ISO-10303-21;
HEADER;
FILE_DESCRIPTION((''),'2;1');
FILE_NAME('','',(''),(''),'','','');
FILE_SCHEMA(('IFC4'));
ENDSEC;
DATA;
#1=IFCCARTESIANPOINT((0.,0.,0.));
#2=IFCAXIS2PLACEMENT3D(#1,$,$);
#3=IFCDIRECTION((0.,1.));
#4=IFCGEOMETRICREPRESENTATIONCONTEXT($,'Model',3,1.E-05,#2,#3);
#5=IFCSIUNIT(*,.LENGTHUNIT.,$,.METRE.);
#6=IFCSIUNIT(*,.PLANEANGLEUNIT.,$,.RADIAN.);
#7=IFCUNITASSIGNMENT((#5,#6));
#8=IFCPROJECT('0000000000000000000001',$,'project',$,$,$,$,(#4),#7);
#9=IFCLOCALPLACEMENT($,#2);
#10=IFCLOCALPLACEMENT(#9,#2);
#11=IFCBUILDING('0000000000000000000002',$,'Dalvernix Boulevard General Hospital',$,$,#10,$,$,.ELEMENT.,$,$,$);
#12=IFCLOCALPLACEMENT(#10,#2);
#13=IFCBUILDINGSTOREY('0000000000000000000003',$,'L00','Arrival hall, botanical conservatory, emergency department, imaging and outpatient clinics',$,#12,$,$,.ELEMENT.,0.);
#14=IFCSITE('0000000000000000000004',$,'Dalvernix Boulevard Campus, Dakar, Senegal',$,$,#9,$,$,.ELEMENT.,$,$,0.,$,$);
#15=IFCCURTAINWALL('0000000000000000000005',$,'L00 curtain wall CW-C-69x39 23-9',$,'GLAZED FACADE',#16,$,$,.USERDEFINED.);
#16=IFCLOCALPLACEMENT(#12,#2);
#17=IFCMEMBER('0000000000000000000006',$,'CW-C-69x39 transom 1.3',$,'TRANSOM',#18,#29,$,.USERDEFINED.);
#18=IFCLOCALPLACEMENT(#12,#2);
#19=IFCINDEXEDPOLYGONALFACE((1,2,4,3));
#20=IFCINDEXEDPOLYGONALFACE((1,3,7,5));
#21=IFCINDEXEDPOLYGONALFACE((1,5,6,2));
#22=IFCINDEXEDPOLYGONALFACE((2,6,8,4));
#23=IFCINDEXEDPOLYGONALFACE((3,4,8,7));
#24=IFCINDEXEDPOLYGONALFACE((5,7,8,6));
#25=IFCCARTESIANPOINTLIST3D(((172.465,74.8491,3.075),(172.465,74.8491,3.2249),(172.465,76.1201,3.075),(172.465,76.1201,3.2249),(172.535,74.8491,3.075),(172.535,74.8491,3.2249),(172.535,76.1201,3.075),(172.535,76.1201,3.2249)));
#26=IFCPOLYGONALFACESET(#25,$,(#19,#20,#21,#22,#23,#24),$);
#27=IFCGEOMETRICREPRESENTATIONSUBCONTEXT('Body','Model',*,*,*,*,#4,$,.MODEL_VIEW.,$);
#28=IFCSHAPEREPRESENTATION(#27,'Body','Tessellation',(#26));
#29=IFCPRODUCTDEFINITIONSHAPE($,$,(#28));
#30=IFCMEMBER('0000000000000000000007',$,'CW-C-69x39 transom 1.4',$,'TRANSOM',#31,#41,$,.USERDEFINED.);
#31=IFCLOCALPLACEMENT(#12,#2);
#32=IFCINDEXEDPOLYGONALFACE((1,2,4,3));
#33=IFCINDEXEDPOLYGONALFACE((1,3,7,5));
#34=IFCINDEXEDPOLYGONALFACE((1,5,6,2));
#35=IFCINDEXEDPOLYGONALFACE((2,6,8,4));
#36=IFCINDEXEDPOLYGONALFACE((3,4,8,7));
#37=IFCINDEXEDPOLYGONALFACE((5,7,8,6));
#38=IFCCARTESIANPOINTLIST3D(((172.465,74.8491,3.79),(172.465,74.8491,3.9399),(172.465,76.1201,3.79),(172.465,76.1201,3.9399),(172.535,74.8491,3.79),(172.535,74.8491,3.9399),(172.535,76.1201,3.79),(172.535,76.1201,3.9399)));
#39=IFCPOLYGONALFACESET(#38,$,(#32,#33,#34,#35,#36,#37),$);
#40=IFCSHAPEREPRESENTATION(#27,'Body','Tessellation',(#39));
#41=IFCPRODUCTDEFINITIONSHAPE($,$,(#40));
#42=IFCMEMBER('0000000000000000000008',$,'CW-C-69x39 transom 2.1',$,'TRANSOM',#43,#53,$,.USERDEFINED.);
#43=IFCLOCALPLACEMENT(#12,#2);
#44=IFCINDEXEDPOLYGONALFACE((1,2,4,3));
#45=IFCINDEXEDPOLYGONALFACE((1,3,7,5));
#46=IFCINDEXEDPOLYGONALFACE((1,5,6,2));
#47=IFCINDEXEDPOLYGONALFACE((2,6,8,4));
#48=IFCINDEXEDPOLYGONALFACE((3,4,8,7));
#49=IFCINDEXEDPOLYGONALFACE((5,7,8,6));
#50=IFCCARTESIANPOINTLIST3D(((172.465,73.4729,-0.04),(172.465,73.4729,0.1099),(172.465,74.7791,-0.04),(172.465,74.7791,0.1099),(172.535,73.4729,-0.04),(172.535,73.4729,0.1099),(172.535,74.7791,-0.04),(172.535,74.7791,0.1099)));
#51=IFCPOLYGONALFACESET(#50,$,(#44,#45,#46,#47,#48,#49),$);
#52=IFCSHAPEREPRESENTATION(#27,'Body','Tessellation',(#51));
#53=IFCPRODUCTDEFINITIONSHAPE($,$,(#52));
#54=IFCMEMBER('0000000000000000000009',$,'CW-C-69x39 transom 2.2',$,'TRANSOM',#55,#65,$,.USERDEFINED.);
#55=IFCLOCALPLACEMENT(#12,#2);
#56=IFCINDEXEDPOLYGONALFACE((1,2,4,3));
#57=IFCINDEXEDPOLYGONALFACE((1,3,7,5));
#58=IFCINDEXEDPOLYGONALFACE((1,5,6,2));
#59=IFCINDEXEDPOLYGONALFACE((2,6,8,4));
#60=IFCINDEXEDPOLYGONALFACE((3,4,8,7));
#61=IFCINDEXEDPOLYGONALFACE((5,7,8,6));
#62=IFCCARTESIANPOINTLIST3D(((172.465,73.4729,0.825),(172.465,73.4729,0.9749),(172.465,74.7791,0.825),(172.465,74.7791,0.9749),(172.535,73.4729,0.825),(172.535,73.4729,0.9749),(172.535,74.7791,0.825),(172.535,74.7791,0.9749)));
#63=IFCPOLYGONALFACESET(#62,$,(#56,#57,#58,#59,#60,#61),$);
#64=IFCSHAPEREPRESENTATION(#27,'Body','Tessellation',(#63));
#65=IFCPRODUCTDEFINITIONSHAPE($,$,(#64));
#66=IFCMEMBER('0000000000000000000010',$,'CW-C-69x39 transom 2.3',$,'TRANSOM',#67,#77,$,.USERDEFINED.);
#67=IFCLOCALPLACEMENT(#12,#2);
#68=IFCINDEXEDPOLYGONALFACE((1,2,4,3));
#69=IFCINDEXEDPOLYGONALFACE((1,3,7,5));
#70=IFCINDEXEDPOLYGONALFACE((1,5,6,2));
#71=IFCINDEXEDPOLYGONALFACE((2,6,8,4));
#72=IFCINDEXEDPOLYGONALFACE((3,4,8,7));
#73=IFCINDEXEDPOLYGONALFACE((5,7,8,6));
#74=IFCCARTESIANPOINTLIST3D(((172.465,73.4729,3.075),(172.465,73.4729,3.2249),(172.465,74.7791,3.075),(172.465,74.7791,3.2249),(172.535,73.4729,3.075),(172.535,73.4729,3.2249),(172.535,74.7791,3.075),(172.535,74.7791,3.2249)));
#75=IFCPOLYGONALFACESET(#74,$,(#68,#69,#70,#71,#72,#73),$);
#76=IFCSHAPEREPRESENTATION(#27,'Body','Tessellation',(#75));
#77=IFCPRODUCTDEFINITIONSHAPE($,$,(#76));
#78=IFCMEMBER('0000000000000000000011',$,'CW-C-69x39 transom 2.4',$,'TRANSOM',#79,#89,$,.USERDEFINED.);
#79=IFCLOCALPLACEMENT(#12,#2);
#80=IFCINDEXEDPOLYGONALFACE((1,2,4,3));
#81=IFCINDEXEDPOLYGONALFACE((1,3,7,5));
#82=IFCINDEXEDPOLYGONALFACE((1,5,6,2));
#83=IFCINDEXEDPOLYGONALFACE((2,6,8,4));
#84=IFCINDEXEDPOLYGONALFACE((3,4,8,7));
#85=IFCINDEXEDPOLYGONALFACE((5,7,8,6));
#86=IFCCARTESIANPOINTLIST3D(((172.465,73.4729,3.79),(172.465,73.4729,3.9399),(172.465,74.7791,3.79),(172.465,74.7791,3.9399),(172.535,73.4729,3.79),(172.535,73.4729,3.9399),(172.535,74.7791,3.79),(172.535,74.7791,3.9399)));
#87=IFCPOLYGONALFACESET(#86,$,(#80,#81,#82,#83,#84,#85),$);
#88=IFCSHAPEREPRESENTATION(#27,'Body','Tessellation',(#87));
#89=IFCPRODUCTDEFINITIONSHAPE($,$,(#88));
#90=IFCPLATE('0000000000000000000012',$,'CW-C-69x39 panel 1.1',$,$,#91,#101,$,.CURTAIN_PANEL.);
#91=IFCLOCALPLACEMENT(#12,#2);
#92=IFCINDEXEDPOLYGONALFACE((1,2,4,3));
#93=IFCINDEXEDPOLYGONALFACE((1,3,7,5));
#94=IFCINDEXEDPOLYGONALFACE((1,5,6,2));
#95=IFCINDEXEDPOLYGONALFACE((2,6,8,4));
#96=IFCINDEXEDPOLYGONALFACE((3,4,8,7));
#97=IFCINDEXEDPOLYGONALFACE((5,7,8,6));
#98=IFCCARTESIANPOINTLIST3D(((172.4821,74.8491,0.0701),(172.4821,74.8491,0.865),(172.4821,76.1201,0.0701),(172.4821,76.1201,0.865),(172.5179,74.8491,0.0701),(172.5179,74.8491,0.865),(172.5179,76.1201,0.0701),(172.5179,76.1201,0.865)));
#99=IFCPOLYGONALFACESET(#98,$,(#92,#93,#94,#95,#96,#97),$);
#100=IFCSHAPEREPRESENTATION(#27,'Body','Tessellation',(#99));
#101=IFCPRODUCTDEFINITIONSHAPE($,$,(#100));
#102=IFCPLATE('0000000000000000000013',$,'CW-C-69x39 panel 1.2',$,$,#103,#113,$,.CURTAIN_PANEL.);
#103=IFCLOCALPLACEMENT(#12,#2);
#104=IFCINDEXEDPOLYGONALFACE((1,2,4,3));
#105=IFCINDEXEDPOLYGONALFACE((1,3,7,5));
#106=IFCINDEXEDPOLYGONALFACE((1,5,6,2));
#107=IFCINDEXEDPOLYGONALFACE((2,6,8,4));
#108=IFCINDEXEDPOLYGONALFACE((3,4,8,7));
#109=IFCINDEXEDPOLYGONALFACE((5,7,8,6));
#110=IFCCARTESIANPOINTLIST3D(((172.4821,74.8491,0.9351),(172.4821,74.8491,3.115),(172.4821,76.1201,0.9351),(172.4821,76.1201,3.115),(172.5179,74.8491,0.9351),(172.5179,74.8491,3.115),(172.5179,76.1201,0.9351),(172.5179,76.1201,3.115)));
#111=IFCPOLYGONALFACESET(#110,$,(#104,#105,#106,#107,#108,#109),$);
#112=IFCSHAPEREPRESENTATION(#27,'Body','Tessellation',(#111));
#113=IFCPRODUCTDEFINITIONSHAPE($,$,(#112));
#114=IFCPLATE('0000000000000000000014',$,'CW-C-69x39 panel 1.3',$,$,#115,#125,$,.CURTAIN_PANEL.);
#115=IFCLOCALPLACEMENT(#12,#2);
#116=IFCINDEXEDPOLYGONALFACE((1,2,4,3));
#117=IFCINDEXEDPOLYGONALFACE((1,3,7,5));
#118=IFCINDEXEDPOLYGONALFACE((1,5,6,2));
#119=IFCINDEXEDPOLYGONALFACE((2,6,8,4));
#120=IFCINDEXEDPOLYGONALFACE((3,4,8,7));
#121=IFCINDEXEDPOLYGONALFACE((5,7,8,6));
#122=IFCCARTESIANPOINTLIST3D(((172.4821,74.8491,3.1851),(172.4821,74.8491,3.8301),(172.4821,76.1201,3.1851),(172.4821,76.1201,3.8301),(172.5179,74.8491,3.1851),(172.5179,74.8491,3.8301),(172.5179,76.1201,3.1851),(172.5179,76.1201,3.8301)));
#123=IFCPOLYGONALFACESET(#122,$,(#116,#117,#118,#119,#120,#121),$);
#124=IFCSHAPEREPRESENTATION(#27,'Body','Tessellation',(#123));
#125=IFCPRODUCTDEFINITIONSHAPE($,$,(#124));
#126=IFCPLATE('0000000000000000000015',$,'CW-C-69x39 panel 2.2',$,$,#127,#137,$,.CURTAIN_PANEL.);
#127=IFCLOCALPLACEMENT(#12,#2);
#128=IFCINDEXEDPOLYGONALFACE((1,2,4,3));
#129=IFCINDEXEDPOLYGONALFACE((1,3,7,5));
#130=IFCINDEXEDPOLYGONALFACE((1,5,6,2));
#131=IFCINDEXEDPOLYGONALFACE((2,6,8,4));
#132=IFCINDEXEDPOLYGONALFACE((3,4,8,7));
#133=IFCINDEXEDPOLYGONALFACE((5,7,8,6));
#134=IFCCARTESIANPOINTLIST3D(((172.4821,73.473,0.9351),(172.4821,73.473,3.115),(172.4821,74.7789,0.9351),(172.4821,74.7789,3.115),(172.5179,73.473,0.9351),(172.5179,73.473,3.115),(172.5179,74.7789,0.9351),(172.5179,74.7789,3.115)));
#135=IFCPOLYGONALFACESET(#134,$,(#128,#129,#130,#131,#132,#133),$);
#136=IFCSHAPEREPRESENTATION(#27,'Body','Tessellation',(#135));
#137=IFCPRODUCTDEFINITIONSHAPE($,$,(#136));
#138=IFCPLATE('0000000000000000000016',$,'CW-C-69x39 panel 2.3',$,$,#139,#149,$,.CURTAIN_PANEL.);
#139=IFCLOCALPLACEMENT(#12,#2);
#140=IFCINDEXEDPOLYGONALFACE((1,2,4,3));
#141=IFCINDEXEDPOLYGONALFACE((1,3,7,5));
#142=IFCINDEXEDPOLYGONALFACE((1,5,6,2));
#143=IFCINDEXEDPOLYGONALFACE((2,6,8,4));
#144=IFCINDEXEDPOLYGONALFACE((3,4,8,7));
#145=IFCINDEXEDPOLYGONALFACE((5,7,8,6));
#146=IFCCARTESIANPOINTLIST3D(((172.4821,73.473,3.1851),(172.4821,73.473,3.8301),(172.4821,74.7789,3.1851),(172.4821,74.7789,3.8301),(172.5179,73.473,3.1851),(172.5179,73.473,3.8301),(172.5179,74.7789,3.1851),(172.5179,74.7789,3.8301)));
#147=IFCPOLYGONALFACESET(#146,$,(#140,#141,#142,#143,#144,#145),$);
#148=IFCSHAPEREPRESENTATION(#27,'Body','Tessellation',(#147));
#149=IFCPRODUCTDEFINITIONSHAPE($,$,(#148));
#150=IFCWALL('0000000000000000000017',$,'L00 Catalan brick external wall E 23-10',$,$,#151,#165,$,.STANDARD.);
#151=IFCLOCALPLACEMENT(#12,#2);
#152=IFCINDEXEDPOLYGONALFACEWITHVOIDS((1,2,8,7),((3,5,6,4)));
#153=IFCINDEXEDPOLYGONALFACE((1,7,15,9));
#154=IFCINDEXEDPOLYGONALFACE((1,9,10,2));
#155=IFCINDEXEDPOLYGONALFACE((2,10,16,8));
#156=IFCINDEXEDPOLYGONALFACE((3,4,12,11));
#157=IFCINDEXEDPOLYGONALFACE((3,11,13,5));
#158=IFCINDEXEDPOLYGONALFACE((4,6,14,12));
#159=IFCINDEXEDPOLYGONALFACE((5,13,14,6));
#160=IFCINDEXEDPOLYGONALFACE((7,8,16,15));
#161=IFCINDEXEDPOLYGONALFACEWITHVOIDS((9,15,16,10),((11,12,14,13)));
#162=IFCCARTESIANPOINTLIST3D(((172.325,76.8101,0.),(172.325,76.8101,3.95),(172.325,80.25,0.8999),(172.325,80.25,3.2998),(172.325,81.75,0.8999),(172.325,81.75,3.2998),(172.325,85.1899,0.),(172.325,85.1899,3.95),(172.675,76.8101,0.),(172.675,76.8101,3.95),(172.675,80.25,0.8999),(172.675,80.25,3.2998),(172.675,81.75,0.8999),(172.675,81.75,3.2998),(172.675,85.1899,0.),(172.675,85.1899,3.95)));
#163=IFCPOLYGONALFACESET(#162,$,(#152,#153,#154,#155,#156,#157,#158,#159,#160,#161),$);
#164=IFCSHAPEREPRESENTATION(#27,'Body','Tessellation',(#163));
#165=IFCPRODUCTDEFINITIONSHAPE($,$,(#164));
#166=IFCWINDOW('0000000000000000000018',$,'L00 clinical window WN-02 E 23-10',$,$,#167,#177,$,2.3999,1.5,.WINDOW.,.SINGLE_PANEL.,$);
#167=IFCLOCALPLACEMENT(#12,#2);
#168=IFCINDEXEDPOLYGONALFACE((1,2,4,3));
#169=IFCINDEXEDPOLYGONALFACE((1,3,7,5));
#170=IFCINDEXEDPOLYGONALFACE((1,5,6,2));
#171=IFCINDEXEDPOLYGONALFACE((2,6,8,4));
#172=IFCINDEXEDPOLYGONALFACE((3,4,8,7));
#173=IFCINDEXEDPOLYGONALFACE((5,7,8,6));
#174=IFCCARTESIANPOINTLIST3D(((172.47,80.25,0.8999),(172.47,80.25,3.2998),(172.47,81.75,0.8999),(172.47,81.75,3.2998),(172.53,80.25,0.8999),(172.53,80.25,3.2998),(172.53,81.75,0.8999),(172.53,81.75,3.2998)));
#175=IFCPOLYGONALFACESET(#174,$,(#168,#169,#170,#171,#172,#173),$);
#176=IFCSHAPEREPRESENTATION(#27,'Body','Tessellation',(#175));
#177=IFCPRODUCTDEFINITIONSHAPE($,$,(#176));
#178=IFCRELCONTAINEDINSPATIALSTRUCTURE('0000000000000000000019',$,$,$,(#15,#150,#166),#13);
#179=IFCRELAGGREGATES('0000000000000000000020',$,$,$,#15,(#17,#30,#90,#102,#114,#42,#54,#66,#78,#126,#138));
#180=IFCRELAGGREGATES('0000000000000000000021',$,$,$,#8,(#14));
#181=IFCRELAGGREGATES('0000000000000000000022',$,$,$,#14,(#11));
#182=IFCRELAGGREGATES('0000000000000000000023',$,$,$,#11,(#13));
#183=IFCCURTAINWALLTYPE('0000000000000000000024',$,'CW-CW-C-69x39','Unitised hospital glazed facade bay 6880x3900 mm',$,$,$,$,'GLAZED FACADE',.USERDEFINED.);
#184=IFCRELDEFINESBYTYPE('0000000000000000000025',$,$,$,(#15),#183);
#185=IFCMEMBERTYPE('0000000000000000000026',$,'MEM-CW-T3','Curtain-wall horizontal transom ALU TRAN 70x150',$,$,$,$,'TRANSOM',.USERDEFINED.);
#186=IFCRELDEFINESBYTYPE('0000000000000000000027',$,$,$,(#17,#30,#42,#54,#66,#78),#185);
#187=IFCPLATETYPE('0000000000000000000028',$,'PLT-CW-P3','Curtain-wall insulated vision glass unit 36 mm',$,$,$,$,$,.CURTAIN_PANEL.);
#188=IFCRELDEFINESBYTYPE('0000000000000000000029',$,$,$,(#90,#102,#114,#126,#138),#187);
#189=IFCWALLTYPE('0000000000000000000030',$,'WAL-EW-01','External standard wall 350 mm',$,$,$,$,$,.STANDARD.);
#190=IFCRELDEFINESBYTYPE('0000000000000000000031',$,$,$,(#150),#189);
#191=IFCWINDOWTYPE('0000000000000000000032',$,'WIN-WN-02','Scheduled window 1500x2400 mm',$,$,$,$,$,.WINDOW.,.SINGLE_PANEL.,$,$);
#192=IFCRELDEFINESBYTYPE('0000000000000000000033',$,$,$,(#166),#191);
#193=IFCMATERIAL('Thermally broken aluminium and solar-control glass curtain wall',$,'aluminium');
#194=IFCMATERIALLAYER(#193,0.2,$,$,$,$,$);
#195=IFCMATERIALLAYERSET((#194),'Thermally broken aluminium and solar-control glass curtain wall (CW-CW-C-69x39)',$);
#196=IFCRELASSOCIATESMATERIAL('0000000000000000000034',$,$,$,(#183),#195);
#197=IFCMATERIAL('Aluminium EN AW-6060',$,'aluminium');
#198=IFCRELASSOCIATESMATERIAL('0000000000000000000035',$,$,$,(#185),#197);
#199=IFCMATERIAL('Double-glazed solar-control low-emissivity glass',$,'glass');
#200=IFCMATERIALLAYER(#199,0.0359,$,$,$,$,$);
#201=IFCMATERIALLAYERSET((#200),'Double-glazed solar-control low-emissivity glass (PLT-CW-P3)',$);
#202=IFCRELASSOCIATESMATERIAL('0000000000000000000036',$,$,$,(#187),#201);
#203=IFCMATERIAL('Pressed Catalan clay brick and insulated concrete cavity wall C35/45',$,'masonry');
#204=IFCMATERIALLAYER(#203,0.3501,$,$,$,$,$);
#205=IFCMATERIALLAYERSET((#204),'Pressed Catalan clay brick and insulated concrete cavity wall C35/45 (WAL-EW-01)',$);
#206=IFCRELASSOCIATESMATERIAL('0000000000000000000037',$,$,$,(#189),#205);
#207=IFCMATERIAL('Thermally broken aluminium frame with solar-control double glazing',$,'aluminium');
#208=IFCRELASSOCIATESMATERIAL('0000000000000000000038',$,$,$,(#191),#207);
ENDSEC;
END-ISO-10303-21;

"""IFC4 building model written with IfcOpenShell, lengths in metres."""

from ifc_helpers import new_model, si_unit, direction, frame, frame_2d, origin, origin_2d, place, context, subcontext, project, spatial, rectangle, extrude, material, layer, layer_set, material_profile, profile_set, type_object, element, fill, aggregate, save


model = new_model("IFC4")

# Units and contexts
model_context = context("Model", 3, precision=1e-05, world=origin(), true_north=direction((0.0, 1.0)))
body_context = subcontext(model_context, "Body", "Model", "MODEL_VIEW")
ifc_project = project(units=[si_unit("LENGTHUNIT", "METRE"), si_unit("PLANEANGLEUNIT", "RADIAN")], contexts=[model_context])

# Site, building, storey
site_placement = place(None, origin())
site = spatial("IfcSite", under=ifc_project, at=site_placement, Name="Dalvernix Boulevard Campus, Dakar, Senegal", CompositionType="ELEMENT", RefElevation=0.0)
building_placement = place(site_placement, origin())
building = spatial("IfcBuilding", under=site, at=building_placement, Name="Dalvernix Boulevard General Hospital", CompositionType="ELEMENT")
storey_placement = place(building_placement, origin())
storey = spatial("IfcBuildingStorey", under=building, at=storey_placement, Name="L00", Description="Arrival hall, botanical conservatory, emergency department, imaging and outpatient clinics", CompositionType="ELEMENT", Elevation=0.0)

# Curtain wall, members, plates
ifc_material_1 = material(Name="Thermally broken aluminium and solar-control glass curtain wall", Category="aluminium")
ifc_layer_1 = layer(ifc_material_1, 0.2)
ifc_layer_set_1 = layer_set([ifc_layer_1], Name="Thermally broken aluminium and solar-control glass curtain wall (CW-CW-C-69x39)")
curtain_wall_type = type_object("IfcCurtainWallType", Name="CW-CW-C-69x39", Description="Unitised hospital glazed facade bay 6880x3900 mm", ElementType="GLAZED FACADE", PredefinedType="USERDEFINED", material=ifc_layer_set_1)
curtain_wall_placement = place(storey_placement, origin())
curtain_wall = element("IfcCurtainWall", 1, at=curtain_wall_placement, inside=storey, type_object=curtain_wall_type, Name="L00 curtain wall CW-C-69x39 23-9", ObjectType="GLAZED FACADE", PredefinedType="USERDEFINED")
ifc_material_2 = material(Name="Aluminium EN AW-6060", Category="aluminium")
ifc_material_profile_1 = material_profile(ifc_material_2, rectangle(XDim=0.0701, YDim=0.1499, at=origin_2d()), Name="ALU TRAN 70x150")
ifc_profile_set_1 = profile_set([ifc_material_profile_1], Name="Aluminium EN AW-6060")
member_type_1 = type_object("IfcMemberType", Name="MEM-CW-T3", Description="Curtain-wall horizontal transom ALU TRAN 70x150", ElementType="TRANSOM", PredefinedType="USERDEFINED", material=ifc_profile_set_1)
member_1_placement = place(storey_placement, frame((172.5, 76.1201, 3.1499), z_axis=(0.0, -1.0, 0.0), x_axis=(1.0, 0.0, 0.0)))
member_1 = element("IfcMember", 2, at=member_1_placement, type_object=member_type_1, Name="CW-C-69x39 transom 1.3", ObjectType="TRANSOM", PredefinedType="USERDEFINED", context=body_context, shape_type="SweptSolid", body=[
    extrude(rectangle(XDim=0.0701, YDim=0.1499, at=origin_2d()), origin(), (0.0, 0.0, 1.0), 1.271),
])
member_2_placement = place(storey_placement, frame((172.5, 76.1201, 3.865), z_axis=(0.0, -1.0, 0.0), x_axis=(1.0, 0.0, 0.0)))
member_2 = element("IfcMember", 3, at=member_2_placement, type_object=member_type_1, Name="CW-C-69x39 transom 1.4", ObjectType="TRANSOM", PredefinedType="USERDEFINED", context=body_context, shape_type="SweptSolid", body=[
    extrude(rectangle(XDim=0.0701, YDim=0.1499, at=origin_2d()), origin(), (0.0, 0.0, 1.0), 1.271),
])
member_3_placement = place(storey_placement, frame((172.5, 74.7791, 0.0349), z_axis=(0.0, -1.0, 0.0), x_axis=(1.0, 0.0, 0.0)))
member_3 = element("IfcMember", 4, at=member_3_placement, type_object=member_type_1, Name="CW-C-69x39 transom 2.1", ObjectType="TRANSOM", PredefinedType="USERDEFINED", context=body_context, shape_type="SweptSolid", body=[
    extrude(rectangle(XDim=0.0701, YDim=0.1499, at=origin_2d()), origin(), (0.0, 0.0, 1.0), 1.3062),
])
member_4_placement = place(storey_placement, frame((172.5, 74.7791, 0.8999), z_axis=(0.0, -1.0, 0.0), x_axis=(1.0, 0.0, 0.0)))
member_4 = element("IfcMember", 5, at=member_4_placement, type_object=member_type_1, Name="CW-C-69x39 transom 2.2", ObjectType="TRANSOM", PredefinedType="USERDEFINED", context=body_context, shape_type="SweptSolid", body=[
    extrude(rectangle(XDim=0.0701, YDim=0.1499, at=origin_2d()), origin(), (0.0, 0.0, 1.0), 1.3062),
])
member_5_placement = place(storey_placement, frame((172.5, 74.7791, 3.1499), z_axis=(0.0, -1.0, 0.0), x_axis=(1.0, 0.0, 0.0)))
member_5 = element("IfcMember", 6, at=member_5_placement, type_object=member_type_1, Name="CW-C-69x39 transom 2.3", ObjectType="TRANSOM", PredefinedType="USERDEFINED", context=body_context, shape_type="SweptSolid", body=[
    extrude(rectangle(XDim=0.0701, YDim=0.1499, at=origin_2d()), origin(), (0.0, 0.0, 1.0), 1.3062),
])
member_6_placement = place(storey_placement, frame((172.5, 74.7791, 3.865), z_axis=(0.0, -1.0, 0.0), x_axis=(1.0, 0.0, 0.0)))
member_6 = element("IfcMember", 7, at=member_6_placement, type_object=member_type_1, Name="CW-C-69x39 transom 2.4", ObjectType="TRANSOM", PredefinedType="USERDEFINED", context=body_context, shape_type="SweptSolid", body=[
    extrude(rectangle(XDim=0.0701, YDim=0.1499, at=origin_2d()), origin(), (0.0, 0.0, 1.0), 1.3062),
])
ifc_material_3 = material(Name="Double-glazed solar-control low-emissivity glass", Category="glass")
ifc_layer_2 = layer(ifc_material_3, 0.0359)
ifc_layer_set_2 = layer_set([ifc_layer_2], Name="Double-glazed solar-control low-emissivity glass (PLT-CW-P3)")
plate_type = type_object("IfcPlateType", Name="PLT-CW-P3", Description="Curtain-wall insulated vision glass unit 36 mm", PredefinedType="CURTAIN_PANEL", material=ifc_layer_set_2)
plate_1_placement = place(storey_placement, frame((172.5, 75.4846, 0.0701), z_axis=(0.0, 0.0, 1.0), x_axis=(0.0, -1.0, 0.0)))
plate_1 = element("IfcPlate", 8, at=plate_1_placement, type_object=plate_type, Name="CW-C-69x39 panel 1.1", PredefinedType="CURTAIN_PANEL", context=body_context, shape_type="SweptSolid", body=[
    extrude(rectangle(XDim=1.271, YDim=0.0359, at=origin_2d()), origin(), (0.0, 0.0, 1.0), 0.7949),
])
plate_2_placement = place(storey_placement, frame((172.5, 75.4846, 0.9351), z_axis=(0.0, 0.0, 1.0), x_axis=(0.0, -1.0, 0.0)))
plate_2 = element("IfcPlate", 9, at=plate_2_placement, type_object=plate_type, Name="CW-C-69x39 panel 1.2", PredefinedType="CURTAIN_PANEL", context=body_context, shape_type="SweptSolid", body=[
    extrude(rectangle(XDim=1.271, YDim=0.0359, at=origin_2d()), origin(), (0.0, 0.0, 1.0), 2.1799),
])
plate_3_placement = place(storey_placement, frame((172.5, 75.4846, 3.1851), z_axis=(0.0, 0.0, 1.0), x_axis=(0.0, -1.0, 0.0)))
plate_3 = element("IfcPlate", 10, at=plate_3_placement, type_object=plate_type, Name="CW-C-69x39 panel 1.3", PredefinedType="CURTAIN_PANEL", context=body_context, shape_type="SweptSolid", body=[
    extrude(rectangle(XDim=1.271, YDim=0.0359, at=origin_2d()), origin(), (0.0, 0.0, 1.0), 0.645),
])
plate_4_placement = place(storey_placement, frame((172.5, 74.126, 0.9351), z_axis=(0.0, 0.0, 1.0), x_axis=(0.0, -1.0, 0.0)))
plate_4 = element("IfcPlate", 11, at=plate_4_placement, type_object=plate_type, Name="CW-C-69x39 panel 2.2", PredefinedType="CURTAIN_PANEL", context=body_context, shape_type="SweptSolid", body=[
    extrude(rectangle(XDim=1.3059, YDim=0.0359, at=origin_2d()), origin(), (0.0, 0.0, 1.0), 2.1799),
])
plate_5_placement = place(storey_placement, frame((172.5, 74.126, 3.1851), z_axis=(0.0, 0.0, 1.0), x_axis=(0.0, -1.0, 0.0)))
plate_5 = element("IfcPlate", 12, at=plate_5_placement, type_object=plate_type, Name="CW-C-69x39 panel 2.3", PredefinedType="CURTAIN_PANEL", context=body_context, shape_type="SweptSolid", body=[
    extrude(rectangle(XDim=1.3059, YDim=0.0359, at=origin_2d()), origin(), (0.0, 0.0, 1.0), 0.645),
])
aggregate(curtain_wall, [member_1, member_2, plate_1, plate_2, plate_3, member_3, member_4, member_5, member_6, plate_4, plate_5])

# Wall, opening, window
ifc_material_4 = material(Name="Pressed Catalan clay brick and insulated concrete cavity wall C35/45", Category="masonry")
ifc_layer_3 = layer(ifc_material_4, 0.3501)
ifc_layer_set_3 = layer_set([ifc_layer_3], Name="Pressed Catalan clay brick and insulated concrete cavity wall C35/45 (WAL-EW-01)")
wall_type = type_object("IfcWallType", Name="WAL-EW-01", Description="External standard wall 350 mm", PredefinedType="STANDARD", material=ifc_layer_set_3)
wall_placement = place(storey_placement, frame((172.5, 85.1899, 0.0), z_axis=(0.0, 0.0, 1.0), x_axis=(0.0, -1.0, 0.0)))
wall = element("IfcWall", 13, at=wall_placement, inside=storey, type_object=wall_type, Name="L00 Catalan brick external wall E 23-10", PredefinedType="STANDARD", context=body_context, shape_type="SweptSolid", body=[
    extrude(rectangle(XDim=8.3799, YDim=0.3501, at=frame_2d((4.1899, 0.0))), origin(), (0.0, 0.0, 1.0), 3.95),
])
opening_placement = place(wall_placement, frame((3.4399, 0.0, 0.8999)))
opening = element("IfcOpeningElement", 14, at=opening_placement, cuts=wall, PredefinedType="OPENING", context=body_context, shape_type="SweptSolid", body=[
    extrude(rectangle(XDim=1.5, YDim=2.3999, at=frame_2d((0.75, 1.2))), frame((0.0, 0.1851, 0.0), z_axis=(0.0, -1.0, 0.0), x_axis=(1.0, 0.0, 0.0)), (0.0, 0.0, 1.0), 0.3701),
])
ifc_material_5 = material(Name="Thermally broken aluminium frame with solar-control double glazing", Category="aluminium")
window_type = type_object("IfcWindowType", Name="WIN-WN-02", Description="Scheduled window 1500x2400 mm", PartitioningType="SINGLE_PANEL", PredefinedType="WINDOW", material=ifc_material_5)
window_placement = place(opening_placement, origin())
window = element("IfcWindow", 15, at=window_placement, inside=storey, type_object=window_type, Name="L00 clinical window WN-02 E 23-10", OverallHeight=2.3999, OverallWidth=1.5, PartitioningType="SINGLE_PANEL", PredefinedType="WINDOW", context=body_context, shape_type="SweptSolid", body=[
    extrude(rectangle(XDim=1.5, YDim=2.3999, at=frame_2d((0.75, 1.2))), frame((0.0, 0.03, 0.0), z_axis=(0.0, -1.0, 0.0), x_axis=(1.0, 0.0, 0.0)), (0.0, 0.0, 1.0), 0.0601),
])
fill(opening, window)

save(model, "model.ifc")
